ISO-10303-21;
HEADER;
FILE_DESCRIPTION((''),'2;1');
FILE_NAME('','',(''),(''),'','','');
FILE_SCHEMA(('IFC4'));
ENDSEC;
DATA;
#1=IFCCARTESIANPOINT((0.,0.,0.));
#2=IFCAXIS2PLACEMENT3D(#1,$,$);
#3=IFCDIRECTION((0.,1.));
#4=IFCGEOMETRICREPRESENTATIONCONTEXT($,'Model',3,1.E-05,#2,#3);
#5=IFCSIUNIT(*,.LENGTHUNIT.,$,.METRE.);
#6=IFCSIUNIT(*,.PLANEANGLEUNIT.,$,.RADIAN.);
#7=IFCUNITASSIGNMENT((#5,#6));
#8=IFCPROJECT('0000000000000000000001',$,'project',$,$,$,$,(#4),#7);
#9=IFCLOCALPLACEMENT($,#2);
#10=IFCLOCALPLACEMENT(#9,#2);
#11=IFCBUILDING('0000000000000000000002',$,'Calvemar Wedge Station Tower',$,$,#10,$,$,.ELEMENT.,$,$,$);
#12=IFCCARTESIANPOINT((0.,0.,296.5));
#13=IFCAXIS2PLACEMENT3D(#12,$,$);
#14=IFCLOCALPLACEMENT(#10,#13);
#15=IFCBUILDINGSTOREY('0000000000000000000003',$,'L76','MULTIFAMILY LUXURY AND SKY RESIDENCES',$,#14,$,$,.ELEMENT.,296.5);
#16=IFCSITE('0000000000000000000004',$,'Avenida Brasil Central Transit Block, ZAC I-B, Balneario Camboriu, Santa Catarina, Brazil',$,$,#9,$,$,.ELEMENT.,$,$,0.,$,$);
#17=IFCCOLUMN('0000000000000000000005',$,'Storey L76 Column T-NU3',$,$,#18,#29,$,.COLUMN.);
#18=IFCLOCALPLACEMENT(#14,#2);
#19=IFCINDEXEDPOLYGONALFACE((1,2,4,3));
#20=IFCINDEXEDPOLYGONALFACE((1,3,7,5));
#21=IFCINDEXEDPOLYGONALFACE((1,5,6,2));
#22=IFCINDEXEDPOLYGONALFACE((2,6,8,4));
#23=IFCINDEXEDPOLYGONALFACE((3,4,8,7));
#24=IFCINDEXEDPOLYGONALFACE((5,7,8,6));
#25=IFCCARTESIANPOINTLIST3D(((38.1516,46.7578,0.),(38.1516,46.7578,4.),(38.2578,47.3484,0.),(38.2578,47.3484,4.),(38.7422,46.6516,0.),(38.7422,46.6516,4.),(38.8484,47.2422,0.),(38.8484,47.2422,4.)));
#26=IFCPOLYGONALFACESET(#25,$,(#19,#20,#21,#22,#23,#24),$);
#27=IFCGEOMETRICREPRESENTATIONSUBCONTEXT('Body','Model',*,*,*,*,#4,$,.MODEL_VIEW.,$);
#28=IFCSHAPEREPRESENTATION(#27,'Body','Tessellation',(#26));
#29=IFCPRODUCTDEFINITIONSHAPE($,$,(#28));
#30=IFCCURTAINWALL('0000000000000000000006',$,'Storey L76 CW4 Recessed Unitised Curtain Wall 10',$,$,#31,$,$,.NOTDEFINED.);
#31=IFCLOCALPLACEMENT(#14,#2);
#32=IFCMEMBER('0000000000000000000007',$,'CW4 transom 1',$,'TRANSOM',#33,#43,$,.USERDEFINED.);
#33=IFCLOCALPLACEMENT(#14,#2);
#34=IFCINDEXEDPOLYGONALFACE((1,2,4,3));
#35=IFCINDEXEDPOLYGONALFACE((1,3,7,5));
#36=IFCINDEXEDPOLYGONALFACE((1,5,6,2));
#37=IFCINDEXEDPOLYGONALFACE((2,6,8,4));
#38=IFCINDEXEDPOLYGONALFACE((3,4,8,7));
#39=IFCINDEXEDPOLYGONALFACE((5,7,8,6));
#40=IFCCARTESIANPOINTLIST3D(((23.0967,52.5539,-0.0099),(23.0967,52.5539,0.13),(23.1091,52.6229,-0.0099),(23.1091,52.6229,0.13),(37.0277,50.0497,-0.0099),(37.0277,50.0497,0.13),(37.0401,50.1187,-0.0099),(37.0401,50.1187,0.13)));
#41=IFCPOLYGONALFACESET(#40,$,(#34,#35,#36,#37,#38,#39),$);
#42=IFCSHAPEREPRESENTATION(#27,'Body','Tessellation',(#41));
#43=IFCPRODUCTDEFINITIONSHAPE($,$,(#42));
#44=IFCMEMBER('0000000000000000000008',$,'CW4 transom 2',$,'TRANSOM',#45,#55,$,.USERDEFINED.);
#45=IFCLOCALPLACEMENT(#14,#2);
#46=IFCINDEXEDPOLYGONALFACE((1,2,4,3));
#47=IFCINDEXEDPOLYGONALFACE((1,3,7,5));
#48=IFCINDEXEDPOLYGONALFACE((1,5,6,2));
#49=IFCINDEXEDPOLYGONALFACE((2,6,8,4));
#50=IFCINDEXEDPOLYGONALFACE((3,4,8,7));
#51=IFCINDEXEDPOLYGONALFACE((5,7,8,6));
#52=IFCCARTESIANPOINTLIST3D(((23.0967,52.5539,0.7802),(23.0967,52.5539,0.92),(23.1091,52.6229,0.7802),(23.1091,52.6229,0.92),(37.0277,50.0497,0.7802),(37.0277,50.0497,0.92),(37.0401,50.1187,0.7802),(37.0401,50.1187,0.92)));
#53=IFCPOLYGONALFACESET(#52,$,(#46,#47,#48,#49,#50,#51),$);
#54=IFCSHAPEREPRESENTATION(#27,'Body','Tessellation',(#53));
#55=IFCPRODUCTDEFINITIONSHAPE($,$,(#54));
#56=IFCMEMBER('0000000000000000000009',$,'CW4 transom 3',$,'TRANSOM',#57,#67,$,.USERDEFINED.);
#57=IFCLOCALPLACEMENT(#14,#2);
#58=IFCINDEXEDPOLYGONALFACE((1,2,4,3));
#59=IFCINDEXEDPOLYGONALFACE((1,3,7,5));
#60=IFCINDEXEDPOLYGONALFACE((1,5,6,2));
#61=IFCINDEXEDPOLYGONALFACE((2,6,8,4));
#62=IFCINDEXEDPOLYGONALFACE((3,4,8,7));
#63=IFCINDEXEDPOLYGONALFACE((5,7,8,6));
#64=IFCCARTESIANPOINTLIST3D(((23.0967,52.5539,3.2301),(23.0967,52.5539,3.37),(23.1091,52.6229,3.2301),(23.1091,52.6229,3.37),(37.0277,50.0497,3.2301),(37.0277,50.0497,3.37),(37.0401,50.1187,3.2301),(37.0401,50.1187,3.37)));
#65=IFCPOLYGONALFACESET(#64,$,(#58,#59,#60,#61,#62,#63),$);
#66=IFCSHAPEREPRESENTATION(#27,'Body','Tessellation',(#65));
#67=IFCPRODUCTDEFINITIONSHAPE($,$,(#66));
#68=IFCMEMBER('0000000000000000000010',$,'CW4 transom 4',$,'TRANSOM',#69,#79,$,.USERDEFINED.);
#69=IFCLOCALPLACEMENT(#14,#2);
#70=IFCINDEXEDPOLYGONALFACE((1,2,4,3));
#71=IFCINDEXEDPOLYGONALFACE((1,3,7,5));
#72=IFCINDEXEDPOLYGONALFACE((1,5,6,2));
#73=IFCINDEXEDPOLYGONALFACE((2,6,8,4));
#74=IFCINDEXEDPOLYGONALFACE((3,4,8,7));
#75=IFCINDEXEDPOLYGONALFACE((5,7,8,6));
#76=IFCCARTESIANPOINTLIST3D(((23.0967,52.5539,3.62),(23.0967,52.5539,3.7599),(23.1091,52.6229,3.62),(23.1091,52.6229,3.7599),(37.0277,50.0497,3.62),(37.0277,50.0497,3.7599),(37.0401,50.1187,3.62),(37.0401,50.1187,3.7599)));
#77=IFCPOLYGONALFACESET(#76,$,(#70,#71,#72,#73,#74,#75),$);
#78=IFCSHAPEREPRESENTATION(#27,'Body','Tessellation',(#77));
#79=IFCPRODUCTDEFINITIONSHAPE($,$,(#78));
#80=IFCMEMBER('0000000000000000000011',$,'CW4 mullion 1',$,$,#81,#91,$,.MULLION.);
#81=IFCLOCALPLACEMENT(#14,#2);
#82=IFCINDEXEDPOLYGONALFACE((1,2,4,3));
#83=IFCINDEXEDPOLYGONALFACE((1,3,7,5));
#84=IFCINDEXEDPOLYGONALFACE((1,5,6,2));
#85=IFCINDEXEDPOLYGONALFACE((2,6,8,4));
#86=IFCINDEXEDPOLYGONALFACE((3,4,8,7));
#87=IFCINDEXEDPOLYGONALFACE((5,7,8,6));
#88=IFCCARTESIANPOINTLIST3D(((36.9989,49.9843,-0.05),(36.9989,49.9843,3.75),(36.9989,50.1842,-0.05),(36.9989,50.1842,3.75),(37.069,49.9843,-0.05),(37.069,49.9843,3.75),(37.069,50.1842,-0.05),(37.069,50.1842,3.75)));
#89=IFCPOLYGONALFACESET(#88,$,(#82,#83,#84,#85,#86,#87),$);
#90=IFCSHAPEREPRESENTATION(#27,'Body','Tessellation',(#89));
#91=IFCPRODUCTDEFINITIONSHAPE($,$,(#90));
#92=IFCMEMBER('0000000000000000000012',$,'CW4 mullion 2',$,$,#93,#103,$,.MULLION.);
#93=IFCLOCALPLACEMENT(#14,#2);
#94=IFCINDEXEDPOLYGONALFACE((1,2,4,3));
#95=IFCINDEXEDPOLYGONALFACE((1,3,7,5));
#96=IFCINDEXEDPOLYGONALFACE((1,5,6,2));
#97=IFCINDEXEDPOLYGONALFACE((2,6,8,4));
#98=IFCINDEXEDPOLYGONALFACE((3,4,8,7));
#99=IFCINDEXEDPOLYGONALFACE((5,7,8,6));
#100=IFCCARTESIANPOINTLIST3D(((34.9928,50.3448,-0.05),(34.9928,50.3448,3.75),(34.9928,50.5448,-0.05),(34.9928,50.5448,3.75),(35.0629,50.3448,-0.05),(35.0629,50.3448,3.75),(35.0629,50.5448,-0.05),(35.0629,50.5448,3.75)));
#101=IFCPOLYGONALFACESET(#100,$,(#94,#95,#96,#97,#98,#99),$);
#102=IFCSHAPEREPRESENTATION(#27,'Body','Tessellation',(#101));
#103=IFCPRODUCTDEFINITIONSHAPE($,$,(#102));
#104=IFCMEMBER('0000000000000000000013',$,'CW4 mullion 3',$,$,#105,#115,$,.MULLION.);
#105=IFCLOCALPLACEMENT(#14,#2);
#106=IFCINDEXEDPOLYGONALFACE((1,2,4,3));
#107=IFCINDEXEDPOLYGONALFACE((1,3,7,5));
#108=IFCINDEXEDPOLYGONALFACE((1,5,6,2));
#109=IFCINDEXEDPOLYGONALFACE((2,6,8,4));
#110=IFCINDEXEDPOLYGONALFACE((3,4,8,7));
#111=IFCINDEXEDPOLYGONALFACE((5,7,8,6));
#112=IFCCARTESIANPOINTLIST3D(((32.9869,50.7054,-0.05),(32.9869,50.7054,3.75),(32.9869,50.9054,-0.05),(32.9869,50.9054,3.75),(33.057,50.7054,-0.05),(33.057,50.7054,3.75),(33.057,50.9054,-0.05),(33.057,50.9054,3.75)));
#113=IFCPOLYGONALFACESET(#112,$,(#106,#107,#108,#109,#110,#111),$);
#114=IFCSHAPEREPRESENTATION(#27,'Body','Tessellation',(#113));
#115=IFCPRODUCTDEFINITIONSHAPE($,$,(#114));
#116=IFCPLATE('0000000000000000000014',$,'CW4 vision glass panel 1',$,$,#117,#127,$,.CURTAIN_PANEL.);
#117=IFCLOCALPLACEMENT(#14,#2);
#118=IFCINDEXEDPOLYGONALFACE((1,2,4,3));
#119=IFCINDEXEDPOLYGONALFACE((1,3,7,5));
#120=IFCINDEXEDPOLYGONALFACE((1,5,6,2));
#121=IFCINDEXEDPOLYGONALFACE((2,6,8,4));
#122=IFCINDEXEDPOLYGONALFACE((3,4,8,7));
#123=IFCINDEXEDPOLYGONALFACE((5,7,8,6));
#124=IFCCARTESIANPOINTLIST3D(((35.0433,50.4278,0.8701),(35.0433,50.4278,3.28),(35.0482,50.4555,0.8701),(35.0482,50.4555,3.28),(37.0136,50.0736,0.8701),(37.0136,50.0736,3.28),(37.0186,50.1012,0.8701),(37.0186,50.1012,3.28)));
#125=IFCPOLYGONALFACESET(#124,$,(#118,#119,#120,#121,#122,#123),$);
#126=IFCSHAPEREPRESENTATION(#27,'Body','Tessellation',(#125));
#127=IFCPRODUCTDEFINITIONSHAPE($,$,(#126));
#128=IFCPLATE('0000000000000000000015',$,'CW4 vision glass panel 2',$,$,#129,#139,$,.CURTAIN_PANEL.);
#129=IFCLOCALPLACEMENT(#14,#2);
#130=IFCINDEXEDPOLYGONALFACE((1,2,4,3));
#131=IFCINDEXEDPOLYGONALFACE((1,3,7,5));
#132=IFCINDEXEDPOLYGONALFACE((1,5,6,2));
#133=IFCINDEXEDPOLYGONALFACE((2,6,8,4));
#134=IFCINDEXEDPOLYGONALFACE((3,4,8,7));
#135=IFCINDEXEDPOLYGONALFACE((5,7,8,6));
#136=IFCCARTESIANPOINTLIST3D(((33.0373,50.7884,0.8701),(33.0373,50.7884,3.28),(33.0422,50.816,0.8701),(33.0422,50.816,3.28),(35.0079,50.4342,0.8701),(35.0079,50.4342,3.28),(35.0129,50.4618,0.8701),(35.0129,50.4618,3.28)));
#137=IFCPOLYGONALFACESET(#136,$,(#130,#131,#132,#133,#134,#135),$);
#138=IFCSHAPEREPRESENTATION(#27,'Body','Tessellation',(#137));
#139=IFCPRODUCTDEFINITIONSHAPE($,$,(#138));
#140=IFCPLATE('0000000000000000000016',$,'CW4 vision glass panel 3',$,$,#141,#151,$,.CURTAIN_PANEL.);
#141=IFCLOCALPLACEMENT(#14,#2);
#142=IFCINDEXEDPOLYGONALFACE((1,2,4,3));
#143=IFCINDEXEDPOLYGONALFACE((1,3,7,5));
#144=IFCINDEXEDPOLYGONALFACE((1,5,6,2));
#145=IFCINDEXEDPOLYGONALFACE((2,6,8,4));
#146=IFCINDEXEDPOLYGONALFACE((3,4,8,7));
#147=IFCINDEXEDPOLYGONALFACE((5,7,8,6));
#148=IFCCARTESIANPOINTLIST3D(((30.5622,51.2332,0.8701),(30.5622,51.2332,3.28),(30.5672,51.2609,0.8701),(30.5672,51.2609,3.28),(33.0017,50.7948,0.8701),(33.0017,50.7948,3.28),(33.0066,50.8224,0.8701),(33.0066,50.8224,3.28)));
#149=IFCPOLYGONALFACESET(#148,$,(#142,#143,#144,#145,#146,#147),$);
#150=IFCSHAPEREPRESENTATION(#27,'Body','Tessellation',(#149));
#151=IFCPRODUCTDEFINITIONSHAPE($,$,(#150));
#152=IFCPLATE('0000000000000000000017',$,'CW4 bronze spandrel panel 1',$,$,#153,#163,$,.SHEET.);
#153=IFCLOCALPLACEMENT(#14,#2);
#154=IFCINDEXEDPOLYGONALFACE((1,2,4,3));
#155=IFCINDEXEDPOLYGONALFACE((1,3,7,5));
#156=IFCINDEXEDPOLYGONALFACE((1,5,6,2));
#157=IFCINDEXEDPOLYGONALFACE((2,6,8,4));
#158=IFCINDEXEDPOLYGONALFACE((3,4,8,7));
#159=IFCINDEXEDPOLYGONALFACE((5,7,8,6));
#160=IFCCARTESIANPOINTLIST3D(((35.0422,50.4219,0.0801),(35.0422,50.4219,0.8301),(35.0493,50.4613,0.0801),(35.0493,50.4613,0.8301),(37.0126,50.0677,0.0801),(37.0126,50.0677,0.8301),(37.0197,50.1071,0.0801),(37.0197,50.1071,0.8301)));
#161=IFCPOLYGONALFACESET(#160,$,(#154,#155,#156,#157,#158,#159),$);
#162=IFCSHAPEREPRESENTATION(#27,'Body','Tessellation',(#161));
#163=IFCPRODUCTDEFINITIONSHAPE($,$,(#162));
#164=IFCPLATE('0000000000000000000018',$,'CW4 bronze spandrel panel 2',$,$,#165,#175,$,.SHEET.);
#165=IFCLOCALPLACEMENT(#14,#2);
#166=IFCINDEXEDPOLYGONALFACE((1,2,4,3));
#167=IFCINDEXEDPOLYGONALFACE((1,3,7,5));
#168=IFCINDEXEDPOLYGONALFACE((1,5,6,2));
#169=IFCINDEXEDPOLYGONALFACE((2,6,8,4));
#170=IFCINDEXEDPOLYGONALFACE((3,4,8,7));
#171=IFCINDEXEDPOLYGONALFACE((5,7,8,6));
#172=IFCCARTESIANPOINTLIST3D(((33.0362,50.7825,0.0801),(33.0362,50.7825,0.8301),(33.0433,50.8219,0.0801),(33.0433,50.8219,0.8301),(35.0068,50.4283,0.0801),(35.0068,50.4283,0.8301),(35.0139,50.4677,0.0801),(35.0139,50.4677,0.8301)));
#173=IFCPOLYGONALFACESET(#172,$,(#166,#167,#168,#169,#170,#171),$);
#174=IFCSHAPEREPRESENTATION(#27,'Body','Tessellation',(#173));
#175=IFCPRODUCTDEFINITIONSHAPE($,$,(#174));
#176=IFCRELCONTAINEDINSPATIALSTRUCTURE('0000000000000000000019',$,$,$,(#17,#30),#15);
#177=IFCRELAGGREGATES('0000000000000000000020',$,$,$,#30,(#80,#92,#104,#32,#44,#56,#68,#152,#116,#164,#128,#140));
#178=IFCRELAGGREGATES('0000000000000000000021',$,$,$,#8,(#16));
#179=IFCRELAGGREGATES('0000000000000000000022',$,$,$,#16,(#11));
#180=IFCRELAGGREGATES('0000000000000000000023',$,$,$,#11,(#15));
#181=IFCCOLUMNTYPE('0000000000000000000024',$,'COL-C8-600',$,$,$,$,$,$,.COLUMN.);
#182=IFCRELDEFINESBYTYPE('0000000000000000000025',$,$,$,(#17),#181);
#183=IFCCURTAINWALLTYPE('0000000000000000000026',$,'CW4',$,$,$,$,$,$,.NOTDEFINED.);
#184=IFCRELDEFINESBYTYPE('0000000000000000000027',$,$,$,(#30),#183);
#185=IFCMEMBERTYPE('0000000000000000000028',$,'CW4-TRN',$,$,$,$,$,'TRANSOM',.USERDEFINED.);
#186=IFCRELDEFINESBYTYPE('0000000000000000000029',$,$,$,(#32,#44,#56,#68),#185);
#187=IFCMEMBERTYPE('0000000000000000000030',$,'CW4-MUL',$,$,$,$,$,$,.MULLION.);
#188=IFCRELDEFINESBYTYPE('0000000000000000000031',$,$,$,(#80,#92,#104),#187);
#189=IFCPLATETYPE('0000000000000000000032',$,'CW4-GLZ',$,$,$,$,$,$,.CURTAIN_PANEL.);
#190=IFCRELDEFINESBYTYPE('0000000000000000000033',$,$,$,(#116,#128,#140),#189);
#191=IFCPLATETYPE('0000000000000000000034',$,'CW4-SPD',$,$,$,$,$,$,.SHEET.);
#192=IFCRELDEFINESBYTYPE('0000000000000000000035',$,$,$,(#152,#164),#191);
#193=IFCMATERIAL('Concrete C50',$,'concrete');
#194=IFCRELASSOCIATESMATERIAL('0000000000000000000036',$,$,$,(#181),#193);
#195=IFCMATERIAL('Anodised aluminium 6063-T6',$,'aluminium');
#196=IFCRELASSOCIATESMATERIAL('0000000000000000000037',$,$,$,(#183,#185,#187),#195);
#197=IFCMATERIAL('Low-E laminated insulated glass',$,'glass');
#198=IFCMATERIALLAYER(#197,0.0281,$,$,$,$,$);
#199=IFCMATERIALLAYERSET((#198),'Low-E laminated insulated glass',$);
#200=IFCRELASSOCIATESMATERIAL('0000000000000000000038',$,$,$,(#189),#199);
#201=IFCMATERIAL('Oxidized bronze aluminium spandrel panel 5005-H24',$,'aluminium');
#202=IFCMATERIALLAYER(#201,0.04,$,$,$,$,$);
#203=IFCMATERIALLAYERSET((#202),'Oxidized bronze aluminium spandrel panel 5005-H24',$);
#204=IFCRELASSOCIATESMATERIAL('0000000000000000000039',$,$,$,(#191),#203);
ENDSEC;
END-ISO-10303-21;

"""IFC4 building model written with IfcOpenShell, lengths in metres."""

from ifc_helpers import new_model, si_unit, direction, frame, frame_2d, origin, origin_2d, place, context, subcontext, project, spatial, rectangle, extrude, source, transform, mapped, material, layer, layer_set, material_profile, profile_set, type_object, element, aggregate, save


model = new_model("IFC4")

# Units and contexts
model_context = context("Model", 3, precision=1e-05, world=origin(), true_north=direction((0.0, 1.0)))
body_context = subcontext(model_context, "Body", "Model", "MODEL_VIEW")
ifc_project = project(units=[si_unit("LENGTHUNIT", "METRE"), si_unit("PLANEANGLEUNIT", "RADIAN")], contexts=[model_context])

# Site, building, storey
site_placement = place(None, origin())
site = spatial("IfcSite", under=ifc_project, at=site_placement, Name="Avenida Brasil Central Transit Block, ZAC I-B, Balneario Camboriu, Santa Catarina, Brazil", CompositionType="ELEMENT", RefElevation=0.0)
building_placement = place(site_placement, origin())
building = spatial("IfcBuilding", under=site, at=building_placement, Name="Calvemar Wedge Station Tower", CompositionType="ELEMENT")
storey_placement = place(building_placement, frame((0.0, 0.0, 296.5)))
storey = spatial("IfcBuildingStorey", under=building, at=storey_placement, Name="L76", Description="MULTIFAMILY LUXURY AND SKY RESIDENCES", CompositionType="ELEMENT", Elevation=296.5)

# Column
ifc_material_1 = material(Name="Concrete C50", Category="concrete")
ifc_material_profile_1 = material_profile(ifc_material_1, rectangle(XDim=0.6001, YDim=0.6001, at=origin_2d()), Name="RC600x600")
ifc_profile_set_1 = profile_set([ifc_material_profile_1], Name="Concrete C50")
column_type = type_object("IfcColumnType", Name="COL-C8-600", PredefinedType="COLUMN", material=ifc_profile_set_1)
shared_shape_1 = source(origin(), body_context, "Body", "SweptSolid", [
    extrude(rectangle(XDim=0.6001, YDim=0.6001, at=origin_2d()), origin(), (0.0, 0.0, 1.0), 4.0),
])
column_placement = place(storey_placement, frame((38.5, 47.0, 0.0), z_axis=(0.0, 0.0, 1.0), x_axis=(0.984196, -0.177085, 0.0)))
element("IfcColumn", 1, at=column_placement, inside=storey, type_object=column_type, Name="Storey L76 Column T-NU3", PredefinedType="COLUMN", context=body_context, shape_type="MappedRepresentation", body=[
    mapped(shared_shape_1, transform((0.0, 0.0, 0.0), scale=1.0)),
])

# Curtain wall, members, plates
ifc_material_2 = material(Name="Anodised aluminium 6063-T6", Category="aluminium")
curtain_wall_type = type_object("IfcCurtainWallType", Name="CW4", PredefinedType="NOTDEFINED", material=ifc_material_2)
curtain_wall_placement = place(storey_placement, origin())
curtain_wall = element("IfcCurtainWall", 2, at=curtain_wall_placement, inside=storey, type_object=curtain_wall_type, Name="Storey L76 CW4 Recessed Unitised Curtain Wall 10", PredefinedType="NOTDEFINED")
ifc_material_profile_2 = material_profile(ifc_material_2, rectangle(XDim=0.0701, YDim=0.1399, at=origin_2d()), Name="AL-TRN-70x140")
ifc_profile_set_2 = profile_set([ifc_material_profile_2], Name="Anodised aluminium 6063-T6")
member_type_1 = type_object("IfcMemberType", Name="CW4-TRN", ElementType="TRANSOM", PredefinedType="USERDEFINED", material=ifc_profile_set_2)
shared_shape_2 = source(origin(), body_context, "Body", "SweptSolid", [
    extrude(rectangle(XDim=0.0701, YDim=0.1399, at=origin_2d()), origin(), (0.0, 0.0, 1.0), 14.1543),
])
member_1_placement = place(storey_placement, frame((37.0339, 50.0842, 0.0601), z_axis=(-0.984225, 0.176919, 0.0), x_axis=(-0.176919, -0.984225, 0.0)))
member_1 = element("IfcMember", 3, at=member_1_placement, type_object=member_type_1, Name="CW4 transom 1", ObjectType="TRANSOM", PredefinedType="USERDEFINED", context=body_context, shape_type="MappedRepresentation", body=[
    mapped(shared_shape_2, transform((0.0, 0.0, 0.0), scale=1.0)),
])
member_2_placement = place(storey_placement, frame((37.0339, 50.0842, 0.8501), z_axis=(-0.984225, 0.176919, 0.0), x_axis=(-0.176919, -0.984225, 0.0)))
member_2 = element("IfcMember", 4, at=member_2_placement, type_object=member_type_1, Name="CW4 transom 2", ObjectType="TRANSOM", PredefinedType="USERDEFINED", context=body_context, shape_type="MappedRepresentation", body=[
    mapped(shared_shape_2, transform((0.0, 0.0, 0.0), scale=1.0)),
])
member_3_placement = place(storey_placement, frame((37.0339, 50.0842, 3.3), z_axis=(-0.984225, 0.176919, 0.0), x_axis=(-0.176919, -0.984225, 0.0)))
member_3 = element("IfcMember", 5, at=member_3_placement, type_object=member_type_1, Name="CW4 transom 3", ObjectType="TRANSOM", PredefinedType="USERDEFINED", context=body_context, shape_type="MappedRepresentation", body=[
    mapped(shared_shape_2, transform((0.0, 0.0, 0.0), scale=1.0)),
])
member_4_placement = place(storey_placement, frame((37.0339, 50.0842, 3.6899), z_axis=(-0.984225, 0.176919, 0.0), x_axis=(-0.176919, -0.984225, 0.0)))
member_4 = element("IfcMember", 6, at=member_4_placement, type_object=member_type_1, Name="CW4 transom 4", ObjectType="TRANSOM", PredefinedType="USERDEFINED", context=body_context, shape_type="MappedRepresentation", body=[
    mapped(shared_shape_2, transform((0.0, 0.0, 0.0), scale=1.0)),
])
ifc_material_profile_3 = material_profile(ifc_material_2, rectangle(XDim=0.0701, YDim=0.2, at=origin_2d()), Name="AL-MUL-70x200")
ifc_profile_set_3 = profile_set([ifc_material_profile_3], Name="Anodised aluminium 6063-T6")
member_type_2 = type_object("IfcMemberType", Name="CW4-MUL", PredefinedType="MULLION", material=ifc_profile_set_3)
shared_shape_3 = source(origin(), body_context, "Body", "SweptSolid", [
    extrude(rectangle(XDim=0.0701, YDim=0.2, at=origin_2d()), origin(), (0.0, 0.0, 1.0), 3.8),
])
member_5_placement = place(storey_placement, frame((37.0339, 50.0842, -0.05), z_axis=(0.0, 0.0, 1.0), x_axis=(1.0, 0.0, 0.0)))
member_5 = element("IfcMember", 7, at=member_5_placement, type_object=member_type_2, Name="CW4 mullion 1", PredefinedType="MULLION", context=body_context, shape_type="MappedRepresentation", body=[
    mapped(shared_shape_3, transform((0.0, 0.0, 0.0), scale=1.0)),
])
member_6_placement = place(storey_placement, frame((35.0278, 50.4448, -0.05), z_axis=(0.0, 0.0, 1.0), x_axis=(1.0, 0.0, 0.0)))
member_6 = element("IfcMember", 8, at=member_6_placement, type_object=member_type_2, Name="CW4 mullion 2", PredefinedType="MULLION", context=body_context, shape_type="MappedRepresentation", body=[
    mapped(shared_shape_3, transform((0.0, 0.0, 0.0), scale=1.0)),
])
member_7_placement = place(storey_placement, frame((33.022, 50.8054, -0.05), z_axis=(0.0, 0.0, 1.0), x_axis=(1.0, 0.0, 0.0)))
member_7 = element("IfcMember", 9, at=member_7_placement, type_object=member_type_2, Name="CW4 mullion 3", PredefinedType="MULLION", context=body_context, shape_type="MappedRepresentation", body=[
    mapped(shared_shape_3, transform((0.0, 0.0, 0.0), scale=1.0)),
])
ifc_material_3 = material(Name="Low-E laminated insulated glass", Category="glass")
ifc_layer_1 = layer(ifc_material_3, 0.0281)
ifc_layer_set_1 = layer_set([ifc_layer_1], Name="Low-E laminated insulated glass")
plate_type_1 = type_object("IfcPlateType", Name="CW4-GLZ", PredefinedType="CURTAIN_PANEL", material=ifc_layer_set_1)
plate_1_placement = place(storey_placement, frame((37.0161, 50.0874, 0.8701), z_axis=(0.0, 0.0, 1.0), x_axis=(-0.984221, 0.176943, 0.0)))
plate_1 = element("IfcPlate", 10, at=plate_1_placement, type_object=plate_type_1, Name="CW4 vision glass panel 1", PredefinedType="CURTAIN_PANEL", context=body_context, shape_type="SweptSolid", body=[
    extrude(rectangle(XDim=2.002, YDim=0.0281, at=frame_2d((1.001, 0.0))), origin(), (0.0, 0.0, 1.0), 2.4099),
])
plate_2_placement = place(storey_placement, frame((35.0103, 50.448, 0.8701), z_axis=(0.0, 0.0, 1.0), x_axis=(-0.984225, 0.176922, 0.0)))
plate_2 = element("IfcPlate", 11, at=plate_2_placement, type_object=plate_type_1, Name="CW4 vision glass panel 2", PredefinedType="CURTAIN_PANEL", context=body_context, shape_type="SweptSolid", body=[
    extrude(rectangle(XDim=2.0022, YDim=0.0281, at=frame_2d((1.001, 0.0))), origin(), (0.0, 0.0, 1.0), 2.4099),
])
plate_3_placement = place(storey_placement, frame((33.0042, 50.8086, 0.8701), z_axis=(0.0, 0.0, 1.0), x_axis=(-0.984227, 0.176909, 0.0)))
plate_3 = element("IfcPlate", 12, at=plate_3_placement, type_object=plate_type_1, Name="CW4 vision glass panel 3", PredefinedType="CURTAIN_PANEL", context=body_context, shape_type="SweptSolid", body=[
    extrude(rectangle(XDim=2.4785, YDim=0.0281, at=frame_2d((1.2393, 0.0))), origin(), (0.0, 0.0, 1.0), 2.4099),
])
ifc_material_4 = material(Name="Oxidized bronze aluminium spandrel panel 5005-H24", Category="aluminium")
ifc_layer_2 = layer(ifc_material_4, 0.04)
ifc_layer_set_2 = layer_set([ifc_layer_2], Name="Oxidized bronze aluminium spandrel panel 5005-H24")
plate_type_2 = type_object("IfcPlateType", Name="CW4-SPD", PredefinedType="SHEET", material=ifc_layer_set_2)
plate_4_placement = place(storey_placement, frame((37.0161, 50.0874, 0.0801), z_axis=(0.0, 0.0, 1.0), x_axis=(-0.984221, 0.176943, 0.0)))
plate_4 = element("IfcPlate", 13, at=plate_4_placement, type_object=plate_type_2, Name="CW4 bronze spandrel panel 1", PredefinedType="SHEET", context=body_context, shape_type="SweptSolid", body=[
    extrude(rectangle(XDim=2.002, YDim=0.04, at=frame_2d((1.001, 0.0))), origin(), (0.0, 0.0, 1.0), 0.75),
])
plate_5_placement = place(storey_placement, frame((35.0103, 50.448, 0.0801), z_axis=(0.0, 0.0, 1.0), x_axis=(-0.984225, 0.176922, 0.0)))
plate_5 = element("IfcPlate", 14, at=plate_5_placement, type_object=plate_type_2, Name="CW4 bronze spandrel panel 2", PredefinedType="SHEET", context=body_context, shape_type="SweptSolid", body=[
    extrude(rectangle(XDim=2.0022, YDim=0.04, at=frame_2d((1.001, 0.0))), origin(), (0.0, 0.0, 1.0), 0.75),
])
aggregate(curtain_wall, [member_5, member_6, member_7, member_1, member_2, member_3, member_4, plate_4, plate_1, plate_5, plate_2, plate_3])

save(model, "model.ifc")
